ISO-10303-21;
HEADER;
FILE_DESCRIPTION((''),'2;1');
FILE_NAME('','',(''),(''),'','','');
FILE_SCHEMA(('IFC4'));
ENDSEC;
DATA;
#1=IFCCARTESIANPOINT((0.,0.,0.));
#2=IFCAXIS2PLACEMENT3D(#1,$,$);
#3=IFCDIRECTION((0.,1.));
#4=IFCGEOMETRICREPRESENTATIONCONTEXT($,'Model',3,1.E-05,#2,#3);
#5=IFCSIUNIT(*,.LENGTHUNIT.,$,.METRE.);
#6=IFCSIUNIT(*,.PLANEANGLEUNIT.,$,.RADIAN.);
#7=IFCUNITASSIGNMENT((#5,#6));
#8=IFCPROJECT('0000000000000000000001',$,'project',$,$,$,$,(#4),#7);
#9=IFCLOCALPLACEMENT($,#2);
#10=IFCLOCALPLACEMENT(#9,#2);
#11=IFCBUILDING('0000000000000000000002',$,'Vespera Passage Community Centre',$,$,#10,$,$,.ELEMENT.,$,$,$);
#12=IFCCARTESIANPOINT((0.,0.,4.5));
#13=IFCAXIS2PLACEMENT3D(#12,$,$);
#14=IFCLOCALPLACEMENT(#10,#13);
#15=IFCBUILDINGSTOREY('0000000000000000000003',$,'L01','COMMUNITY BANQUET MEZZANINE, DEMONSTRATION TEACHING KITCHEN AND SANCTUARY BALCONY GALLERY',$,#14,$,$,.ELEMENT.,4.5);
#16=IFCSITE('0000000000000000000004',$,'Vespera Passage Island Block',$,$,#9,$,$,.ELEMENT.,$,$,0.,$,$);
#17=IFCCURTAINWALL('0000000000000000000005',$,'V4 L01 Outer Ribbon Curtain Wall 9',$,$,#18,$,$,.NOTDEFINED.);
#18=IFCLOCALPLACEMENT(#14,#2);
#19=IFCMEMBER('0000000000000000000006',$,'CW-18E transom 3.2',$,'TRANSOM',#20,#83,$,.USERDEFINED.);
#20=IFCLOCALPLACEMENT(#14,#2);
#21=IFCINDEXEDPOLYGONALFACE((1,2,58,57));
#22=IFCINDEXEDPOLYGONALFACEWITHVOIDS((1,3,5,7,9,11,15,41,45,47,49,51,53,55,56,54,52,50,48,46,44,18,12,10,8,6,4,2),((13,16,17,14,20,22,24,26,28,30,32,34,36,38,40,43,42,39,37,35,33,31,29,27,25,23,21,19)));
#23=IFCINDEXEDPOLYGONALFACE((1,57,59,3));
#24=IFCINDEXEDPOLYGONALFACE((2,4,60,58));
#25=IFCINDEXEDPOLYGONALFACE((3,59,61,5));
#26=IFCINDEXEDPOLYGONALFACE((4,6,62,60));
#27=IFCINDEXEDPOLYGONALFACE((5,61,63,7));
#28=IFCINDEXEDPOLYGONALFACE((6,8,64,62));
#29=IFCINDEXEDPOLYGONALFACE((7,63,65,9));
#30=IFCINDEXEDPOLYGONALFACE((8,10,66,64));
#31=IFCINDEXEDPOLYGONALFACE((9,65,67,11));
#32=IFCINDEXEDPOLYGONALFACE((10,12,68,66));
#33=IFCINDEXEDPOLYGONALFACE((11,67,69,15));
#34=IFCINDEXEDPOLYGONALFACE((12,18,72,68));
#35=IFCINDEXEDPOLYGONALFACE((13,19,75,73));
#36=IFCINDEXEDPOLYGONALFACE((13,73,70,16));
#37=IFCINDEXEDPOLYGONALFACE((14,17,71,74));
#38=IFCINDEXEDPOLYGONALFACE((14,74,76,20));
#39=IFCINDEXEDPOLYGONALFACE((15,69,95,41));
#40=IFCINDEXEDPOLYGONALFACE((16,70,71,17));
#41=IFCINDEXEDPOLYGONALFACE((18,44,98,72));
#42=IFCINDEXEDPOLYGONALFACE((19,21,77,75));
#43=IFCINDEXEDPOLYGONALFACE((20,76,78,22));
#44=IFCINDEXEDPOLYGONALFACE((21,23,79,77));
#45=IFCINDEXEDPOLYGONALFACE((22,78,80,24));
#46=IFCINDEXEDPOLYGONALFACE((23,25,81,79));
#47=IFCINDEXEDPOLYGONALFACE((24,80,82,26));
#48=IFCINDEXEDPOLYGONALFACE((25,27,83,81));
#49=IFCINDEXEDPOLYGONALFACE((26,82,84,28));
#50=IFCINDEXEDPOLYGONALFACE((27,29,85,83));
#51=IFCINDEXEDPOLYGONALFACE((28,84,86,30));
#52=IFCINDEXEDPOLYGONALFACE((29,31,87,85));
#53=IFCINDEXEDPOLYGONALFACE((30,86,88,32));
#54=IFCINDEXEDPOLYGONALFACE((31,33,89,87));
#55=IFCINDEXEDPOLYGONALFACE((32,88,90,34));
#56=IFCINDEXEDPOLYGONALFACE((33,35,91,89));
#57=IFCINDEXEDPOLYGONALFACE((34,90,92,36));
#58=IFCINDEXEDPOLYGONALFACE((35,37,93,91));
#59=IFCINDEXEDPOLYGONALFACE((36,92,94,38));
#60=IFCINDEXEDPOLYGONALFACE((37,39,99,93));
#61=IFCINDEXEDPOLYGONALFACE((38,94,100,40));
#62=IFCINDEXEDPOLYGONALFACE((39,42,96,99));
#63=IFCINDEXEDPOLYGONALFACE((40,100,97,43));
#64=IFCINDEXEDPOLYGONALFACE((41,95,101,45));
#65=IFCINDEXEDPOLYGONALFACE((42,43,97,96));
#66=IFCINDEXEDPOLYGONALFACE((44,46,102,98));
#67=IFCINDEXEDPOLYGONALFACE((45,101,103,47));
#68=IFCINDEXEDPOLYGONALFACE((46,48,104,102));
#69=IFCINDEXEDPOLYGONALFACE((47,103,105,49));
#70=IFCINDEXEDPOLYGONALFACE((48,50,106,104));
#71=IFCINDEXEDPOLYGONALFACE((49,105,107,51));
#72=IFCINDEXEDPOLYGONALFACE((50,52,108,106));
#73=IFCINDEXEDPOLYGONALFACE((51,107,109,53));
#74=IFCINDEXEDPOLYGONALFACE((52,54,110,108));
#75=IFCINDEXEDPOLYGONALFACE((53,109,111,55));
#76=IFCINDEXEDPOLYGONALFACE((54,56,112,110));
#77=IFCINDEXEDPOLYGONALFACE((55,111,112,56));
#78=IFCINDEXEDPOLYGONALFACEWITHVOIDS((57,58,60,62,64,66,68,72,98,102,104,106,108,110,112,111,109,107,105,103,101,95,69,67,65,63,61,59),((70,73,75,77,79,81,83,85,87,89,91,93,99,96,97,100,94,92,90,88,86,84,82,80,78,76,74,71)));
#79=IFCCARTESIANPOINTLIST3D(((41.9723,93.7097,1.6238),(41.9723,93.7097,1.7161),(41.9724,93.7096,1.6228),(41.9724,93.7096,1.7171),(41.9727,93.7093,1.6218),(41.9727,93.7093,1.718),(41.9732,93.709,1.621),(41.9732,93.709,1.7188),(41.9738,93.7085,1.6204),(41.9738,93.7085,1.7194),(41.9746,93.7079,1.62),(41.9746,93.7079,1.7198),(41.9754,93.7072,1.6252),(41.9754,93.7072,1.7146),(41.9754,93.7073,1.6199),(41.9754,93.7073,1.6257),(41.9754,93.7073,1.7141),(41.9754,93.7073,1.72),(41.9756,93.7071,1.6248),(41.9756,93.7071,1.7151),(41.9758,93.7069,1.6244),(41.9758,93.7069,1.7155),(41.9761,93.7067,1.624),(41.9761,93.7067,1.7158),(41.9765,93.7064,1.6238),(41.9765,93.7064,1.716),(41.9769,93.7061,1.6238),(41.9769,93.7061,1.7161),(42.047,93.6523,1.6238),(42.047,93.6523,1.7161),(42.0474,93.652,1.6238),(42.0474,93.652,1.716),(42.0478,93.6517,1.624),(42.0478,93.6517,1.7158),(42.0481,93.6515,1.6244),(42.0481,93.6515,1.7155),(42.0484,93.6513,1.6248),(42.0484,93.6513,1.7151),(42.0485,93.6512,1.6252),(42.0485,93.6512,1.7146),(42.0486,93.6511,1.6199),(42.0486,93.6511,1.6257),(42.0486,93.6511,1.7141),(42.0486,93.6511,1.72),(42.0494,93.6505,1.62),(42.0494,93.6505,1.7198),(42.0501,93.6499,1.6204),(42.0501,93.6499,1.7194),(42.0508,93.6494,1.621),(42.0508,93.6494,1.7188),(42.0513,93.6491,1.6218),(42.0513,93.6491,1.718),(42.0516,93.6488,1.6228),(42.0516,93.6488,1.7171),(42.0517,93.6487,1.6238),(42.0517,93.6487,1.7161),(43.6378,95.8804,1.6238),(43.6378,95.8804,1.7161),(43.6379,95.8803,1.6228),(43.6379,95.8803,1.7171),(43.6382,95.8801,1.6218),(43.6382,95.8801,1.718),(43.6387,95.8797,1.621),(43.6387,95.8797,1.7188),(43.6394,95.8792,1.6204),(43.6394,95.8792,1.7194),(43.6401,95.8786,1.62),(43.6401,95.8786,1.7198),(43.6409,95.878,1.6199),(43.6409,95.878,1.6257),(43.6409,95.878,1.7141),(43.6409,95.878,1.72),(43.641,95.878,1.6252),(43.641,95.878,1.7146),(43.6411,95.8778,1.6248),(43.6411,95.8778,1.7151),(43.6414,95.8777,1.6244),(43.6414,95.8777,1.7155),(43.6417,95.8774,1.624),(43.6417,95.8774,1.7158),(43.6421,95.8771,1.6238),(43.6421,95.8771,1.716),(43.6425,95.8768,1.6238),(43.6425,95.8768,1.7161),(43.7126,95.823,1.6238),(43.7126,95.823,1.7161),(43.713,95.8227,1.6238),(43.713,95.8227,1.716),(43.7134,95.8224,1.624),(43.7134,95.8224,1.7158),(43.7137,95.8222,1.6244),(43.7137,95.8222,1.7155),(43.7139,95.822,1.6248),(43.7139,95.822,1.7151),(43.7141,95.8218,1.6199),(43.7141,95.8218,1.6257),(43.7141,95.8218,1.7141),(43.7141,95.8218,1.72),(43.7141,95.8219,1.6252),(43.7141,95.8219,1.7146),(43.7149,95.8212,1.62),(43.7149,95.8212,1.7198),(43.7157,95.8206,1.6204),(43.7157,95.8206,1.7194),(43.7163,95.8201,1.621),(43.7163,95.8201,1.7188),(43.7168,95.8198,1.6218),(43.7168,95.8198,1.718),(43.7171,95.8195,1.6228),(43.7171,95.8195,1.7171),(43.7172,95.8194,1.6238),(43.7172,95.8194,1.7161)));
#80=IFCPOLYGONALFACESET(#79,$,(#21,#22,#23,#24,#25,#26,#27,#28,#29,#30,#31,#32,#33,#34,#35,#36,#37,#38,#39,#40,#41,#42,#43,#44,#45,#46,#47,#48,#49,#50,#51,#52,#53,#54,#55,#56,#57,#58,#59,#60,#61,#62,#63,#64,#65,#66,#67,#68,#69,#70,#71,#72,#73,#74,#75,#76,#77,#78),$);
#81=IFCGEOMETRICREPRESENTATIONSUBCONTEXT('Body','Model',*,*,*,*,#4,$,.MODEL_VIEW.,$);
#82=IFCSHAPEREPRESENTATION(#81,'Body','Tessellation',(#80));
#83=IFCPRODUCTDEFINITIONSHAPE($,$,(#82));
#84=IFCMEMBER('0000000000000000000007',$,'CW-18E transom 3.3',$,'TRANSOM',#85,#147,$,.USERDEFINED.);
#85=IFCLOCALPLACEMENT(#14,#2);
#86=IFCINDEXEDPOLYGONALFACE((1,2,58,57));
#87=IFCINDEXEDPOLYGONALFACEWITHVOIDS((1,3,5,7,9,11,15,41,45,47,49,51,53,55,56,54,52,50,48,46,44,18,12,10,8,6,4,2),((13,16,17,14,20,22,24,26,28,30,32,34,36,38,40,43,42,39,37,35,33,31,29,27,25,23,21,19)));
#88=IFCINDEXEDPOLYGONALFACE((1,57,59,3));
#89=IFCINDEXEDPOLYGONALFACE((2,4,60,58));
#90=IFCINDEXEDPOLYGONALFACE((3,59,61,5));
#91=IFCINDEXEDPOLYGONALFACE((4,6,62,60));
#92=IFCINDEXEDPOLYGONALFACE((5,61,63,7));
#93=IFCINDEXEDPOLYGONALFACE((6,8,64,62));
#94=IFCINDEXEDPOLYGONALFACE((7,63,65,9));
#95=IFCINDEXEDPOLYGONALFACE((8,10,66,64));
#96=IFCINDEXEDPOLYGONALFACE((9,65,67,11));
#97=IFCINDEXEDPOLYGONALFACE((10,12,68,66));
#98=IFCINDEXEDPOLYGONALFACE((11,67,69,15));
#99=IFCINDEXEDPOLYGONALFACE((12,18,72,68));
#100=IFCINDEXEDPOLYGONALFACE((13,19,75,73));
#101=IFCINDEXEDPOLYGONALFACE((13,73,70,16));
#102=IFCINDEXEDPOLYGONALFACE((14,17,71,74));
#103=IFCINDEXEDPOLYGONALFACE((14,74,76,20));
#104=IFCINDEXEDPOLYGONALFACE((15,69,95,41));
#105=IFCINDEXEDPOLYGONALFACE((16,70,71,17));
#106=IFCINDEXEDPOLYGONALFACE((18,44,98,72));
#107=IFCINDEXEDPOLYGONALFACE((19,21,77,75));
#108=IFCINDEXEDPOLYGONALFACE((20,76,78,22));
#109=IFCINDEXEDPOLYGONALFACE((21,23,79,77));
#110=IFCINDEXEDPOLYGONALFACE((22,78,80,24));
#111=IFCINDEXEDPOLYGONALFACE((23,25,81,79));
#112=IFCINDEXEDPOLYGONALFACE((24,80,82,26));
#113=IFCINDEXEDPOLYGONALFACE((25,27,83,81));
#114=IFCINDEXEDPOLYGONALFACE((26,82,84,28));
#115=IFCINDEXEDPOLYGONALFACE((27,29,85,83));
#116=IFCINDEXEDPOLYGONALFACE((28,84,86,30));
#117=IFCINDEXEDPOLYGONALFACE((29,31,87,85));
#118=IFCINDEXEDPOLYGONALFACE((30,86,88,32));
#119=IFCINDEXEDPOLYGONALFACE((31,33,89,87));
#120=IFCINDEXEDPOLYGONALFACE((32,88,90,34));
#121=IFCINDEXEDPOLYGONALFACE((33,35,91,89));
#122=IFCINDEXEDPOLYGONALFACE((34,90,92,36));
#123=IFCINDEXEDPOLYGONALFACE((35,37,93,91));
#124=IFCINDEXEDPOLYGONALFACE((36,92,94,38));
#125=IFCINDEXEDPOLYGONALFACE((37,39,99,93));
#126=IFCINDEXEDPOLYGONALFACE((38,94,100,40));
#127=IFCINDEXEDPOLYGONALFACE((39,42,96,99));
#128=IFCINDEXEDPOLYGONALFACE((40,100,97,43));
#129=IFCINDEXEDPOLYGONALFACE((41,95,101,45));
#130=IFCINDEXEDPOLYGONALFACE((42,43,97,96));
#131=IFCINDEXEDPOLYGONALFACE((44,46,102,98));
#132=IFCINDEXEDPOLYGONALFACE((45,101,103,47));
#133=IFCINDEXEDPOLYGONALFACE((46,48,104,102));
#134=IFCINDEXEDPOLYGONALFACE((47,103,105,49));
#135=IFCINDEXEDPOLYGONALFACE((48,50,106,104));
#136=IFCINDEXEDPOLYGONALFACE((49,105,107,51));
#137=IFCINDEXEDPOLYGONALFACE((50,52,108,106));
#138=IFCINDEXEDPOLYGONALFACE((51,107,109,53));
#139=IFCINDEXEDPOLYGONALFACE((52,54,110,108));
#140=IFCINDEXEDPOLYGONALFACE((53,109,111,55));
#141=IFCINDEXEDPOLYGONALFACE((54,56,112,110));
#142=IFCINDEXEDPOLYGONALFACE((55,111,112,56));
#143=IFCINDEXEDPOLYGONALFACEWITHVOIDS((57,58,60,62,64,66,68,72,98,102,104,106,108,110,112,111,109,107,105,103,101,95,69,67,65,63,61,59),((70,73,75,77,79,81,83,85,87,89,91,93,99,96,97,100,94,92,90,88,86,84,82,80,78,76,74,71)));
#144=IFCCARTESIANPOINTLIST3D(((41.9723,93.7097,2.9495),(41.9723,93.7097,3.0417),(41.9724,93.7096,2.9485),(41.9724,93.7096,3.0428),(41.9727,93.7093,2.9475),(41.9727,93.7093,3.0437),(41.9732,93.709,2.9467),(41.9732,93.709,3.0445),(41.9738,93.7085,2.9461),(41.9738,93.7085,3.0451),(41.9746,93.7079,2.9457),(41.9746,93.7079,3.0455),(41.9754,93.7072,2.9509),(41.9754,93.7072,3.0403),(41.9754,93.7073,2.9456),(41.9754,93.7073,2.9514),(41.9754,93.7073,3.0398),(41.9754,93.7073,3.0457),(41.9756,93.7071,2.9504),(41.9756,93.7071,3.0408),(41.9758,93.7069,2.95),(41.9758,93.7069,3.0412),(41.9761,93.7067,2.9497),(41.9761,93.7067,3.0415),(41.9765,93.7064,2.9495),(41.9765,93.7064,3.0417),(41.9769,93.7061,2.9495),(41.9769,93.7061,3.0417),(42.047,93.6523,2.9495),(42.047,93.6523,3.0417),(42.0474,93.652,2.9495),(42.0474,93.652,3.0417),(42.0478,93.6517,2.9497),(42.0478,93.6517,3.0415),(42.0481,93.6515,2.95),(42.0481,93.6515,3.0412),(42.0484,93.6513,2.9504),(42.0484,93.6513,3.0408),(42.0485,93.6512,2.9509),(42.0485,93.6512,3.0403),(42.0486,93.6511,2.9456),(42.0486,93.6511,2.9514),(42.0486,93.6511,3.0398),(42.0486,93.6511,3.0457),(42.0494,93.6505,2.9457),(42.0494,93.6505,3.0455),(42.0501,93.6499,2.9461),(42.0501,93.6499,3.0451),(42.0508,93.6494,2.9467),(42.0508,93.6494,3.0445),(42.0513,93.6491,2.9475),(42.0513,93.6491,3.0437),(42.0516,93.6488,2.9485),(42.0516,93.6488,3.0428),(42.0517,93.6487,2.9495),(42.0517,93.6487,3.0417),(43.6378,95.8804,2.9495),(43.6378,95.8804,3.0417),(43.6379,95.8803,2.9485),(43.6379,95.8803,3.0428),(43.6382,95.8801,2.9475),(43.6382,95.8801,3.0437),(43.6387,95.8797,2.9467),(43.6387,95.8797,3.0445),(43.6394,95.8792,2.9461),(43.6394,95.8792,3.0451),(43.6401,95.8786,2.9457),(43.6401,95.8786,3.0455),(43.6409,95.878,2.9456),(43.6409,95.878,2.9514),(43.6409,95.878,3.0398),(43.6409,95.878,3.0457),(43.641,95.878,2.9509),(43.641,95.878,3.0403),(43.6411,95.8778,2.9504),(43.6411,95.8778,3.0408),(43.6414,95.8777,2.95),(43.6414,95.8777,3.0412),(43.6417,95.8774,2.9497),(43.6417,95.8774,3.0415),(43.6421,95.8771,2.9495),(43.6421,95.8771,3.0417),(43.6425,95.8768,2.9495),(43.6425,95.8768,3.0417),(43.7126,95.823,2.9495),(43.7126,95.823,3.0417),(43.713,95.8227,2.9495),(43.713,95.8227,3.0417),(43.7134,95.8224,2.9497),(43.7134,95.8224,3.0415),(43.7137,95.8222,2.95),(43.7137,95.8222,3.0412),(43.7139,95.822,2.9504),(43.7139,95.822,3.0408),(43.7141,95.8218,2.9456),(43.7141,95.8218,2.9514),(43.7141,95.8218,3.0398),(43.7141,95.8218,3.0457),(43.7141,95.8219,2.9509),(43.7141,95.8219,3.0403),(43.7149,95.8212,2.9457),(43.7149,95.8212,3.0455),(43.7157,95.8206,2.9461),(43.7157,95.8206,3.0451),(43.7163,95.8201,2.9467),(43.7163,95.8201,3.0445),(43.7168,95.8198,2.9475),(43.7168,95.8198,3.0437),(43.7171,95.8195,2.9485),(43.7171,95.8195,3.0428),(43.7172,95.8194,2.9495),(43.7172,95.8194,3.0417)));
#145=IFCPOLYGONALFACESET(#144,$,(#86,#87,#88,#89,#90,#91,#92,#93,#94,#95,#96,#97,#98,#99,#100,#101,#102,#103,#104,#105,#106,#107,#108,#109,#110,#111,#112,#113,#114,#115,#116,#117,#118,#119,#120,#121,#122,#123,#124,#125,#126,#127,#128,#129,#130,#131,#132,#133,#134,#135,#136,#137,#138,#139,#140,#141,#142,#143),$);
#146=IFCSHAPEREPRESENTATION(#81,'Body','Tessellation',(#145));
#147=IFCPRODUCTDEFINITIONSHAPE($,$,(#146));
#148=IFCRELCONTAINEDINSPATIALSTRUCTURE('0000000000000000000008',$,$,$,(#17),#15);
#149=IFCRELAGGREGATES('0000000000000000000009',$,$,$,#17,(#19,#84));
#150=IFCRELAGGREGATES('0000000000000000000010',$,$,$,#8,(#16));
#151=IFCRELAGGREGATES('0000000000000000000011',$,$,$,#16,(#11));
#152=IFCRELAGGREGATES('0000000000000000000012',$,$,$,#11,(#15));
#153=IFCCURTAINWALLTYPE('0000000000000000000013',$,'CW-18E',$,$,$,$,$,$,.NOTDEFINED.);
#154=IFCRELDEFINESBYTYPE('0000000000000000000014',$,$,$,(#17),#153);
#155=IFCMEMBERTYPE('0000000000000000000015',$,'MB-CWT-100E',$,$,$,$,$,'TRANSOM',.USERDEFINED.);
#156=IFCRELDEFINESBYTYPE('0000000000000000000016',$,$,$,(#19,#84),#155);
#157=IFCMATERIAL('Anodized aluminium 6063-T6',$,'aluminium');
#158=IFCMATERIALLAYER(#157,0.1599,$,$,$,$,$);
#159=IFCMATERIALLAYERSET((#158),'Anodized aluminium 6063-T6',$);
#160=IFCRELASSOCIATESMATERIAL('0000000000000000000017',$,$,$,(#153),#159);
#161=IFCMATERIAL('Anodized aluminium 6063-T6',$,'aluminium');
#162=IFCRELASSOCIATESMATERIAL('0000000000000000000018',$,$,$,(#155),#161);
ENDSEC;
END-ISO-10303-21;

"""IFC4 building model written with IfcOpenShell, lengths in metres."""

from ifc_helpers import new_model, si_unit, direction, frame, origin, origin_2d, place, context, subcontext, project, spatial, hollow_rectangle, extrude, material, layer, layer_set, material_profile, profile_set, type_object, element, aggregate, save


model = new_model("IFC4")

# Units and contexts
model_context = context("Model", 3, precision=1e-05, world=origin(), true_north=direction((0.0, 1.0)))
body_context = subcontext(model_context, "Body", "Model", "MODEL_VIEW")
ifc_project = project(units=[si_unit("LENGTHUNIT", "METRE"), si_unit("PLANEANGLEUNIT", "RADIAN")], contexts=[model_context])

# Site, building, storey
site_placement = place(None, origin())
site = spatial("IfcSite", under=ifc_project, at=site_placement, Name="Vespera Passage Island Block", CompositionType="ELEMENT", RefElevation=0.0)
building_placement = place(site_placement, origin())
building = spatial("IfcBuilding", under=site, at=building_placement, Name="Vespera Passage Community Centre", CompositionType="ELEMENT")
storey_placement = place(building_placement, frame((0.0, 0.0, 4.5)))
storey = spatial("IfcBuildingStorey", under=building, at=storey_placement, Name="L01", Description="COMMUNITY BANQUET MEZZANINE, DEMONSTRATION TEACHING KITCHEN AND SANCTUARY BALCONY GALLERY", CompositionType="ELEMENT", Elevation=4.5)

# Curtain wall
ifc_material_1 = material(Name="Anodized aluminium 6063-T6", Category="aluminium")
ifc_layer_1 = layer(ifc_material_1, 0.1599)
ifc_layer_set_1 = layer_set([ifc_layer_1], Name="Anodized aluminium 6063-T6")
curtain_wall_type_1 = type_object("IfcCurtainWallType", Name="CW-18E", PredefinedType="NOTDEFINED", material=ifc_layer_set_1)
curtain_wall_1_placement = place(storey_placement, origin())
curtain_wall_1 = element("IfcCurtainWall", 1, at=curtain_wall_1_placement, inside=storey, type_object=curtain_wall_type_1, Name="V4 L01 Outer Ribbon Curtain Wall 9", PredefinedType="NOTDEFINED")

# Members
ifc_material_2 = material(Name="Anodized aluminium 6063-T6", Category="aluminium")
ifc_material_profile_1 = material_profile(ifc_material_2, hollow_rectangle(XDim=0.1001, YDim=0.1001, WallThickness=0.0039, InnerFilletRadius=0.002, OuterFilletRadius=0.0039, at=origin_2d()), Name="ALU100X100X4")
ifc_profile_set_1 = profile_set([ifc_material_profile_1], Name="Anodized aluminium 6063-T6")
member_type_1 = type_object("IfcMemberType", Name="MB-CWT-100E", ElementType="TRANSOM", PredefinedType="USERDEFINED", material=ifc_profile_set_1)
member_1_placement = place(storey_placement, frame((42.012, 93.6792, 1.6699), z_axis=(0.608744, 0.793366, 0.0), x_axis=(-0.793366, 0.608744, 0.0)))
member_1 = element("IfcMember", 2, at=member_1_placement, type_object=member_type_1, Name="CW-18E transom 3.2", ObjectType="TRANSOM", PredefinedType="USERDEFINED", context=body_context, shape_type="SweptSolid", body=[
    extrude(hollow_rectangle(XDim=0.1001, YDim=0.1001, WallThickness=0.0039, InnerFilletRadius=0.002, OuterFilletRadius=0.0039, at=origin_2d()), origin(), (0.0, 0.0, 1.0), 2.7361),
])
member_2_placement = place(storey_placement, frame((42.012, 93.6792, 2.9956), z_axis=(0.608744, 0.793366, 0.0), x_axis=(-0.793366, 0.608744, 0.0)))
member_2 = element("IfcMember", 3, at=member_2_placement, type_object=member_type_1, Name="CW-18E transom 3.3", ObjectType="TRANSOM", PredefinedType="USERDEFINED", context=body_context, shape_type="SweptSolid", body=[
    extrude(hollow_rectangle(XDim=0.1001, YDim=0.1001, WallThickness=0.0039, InnerFilletRadius=0.002, OuterFilletRadius=0.0039, at=origin_2d()), origin(), (0.0, 0.0, 1.0), 2.7361),
])

aggregate(curtain_wall_1, [member_1, member_2])

save(model, "model.ifc")
